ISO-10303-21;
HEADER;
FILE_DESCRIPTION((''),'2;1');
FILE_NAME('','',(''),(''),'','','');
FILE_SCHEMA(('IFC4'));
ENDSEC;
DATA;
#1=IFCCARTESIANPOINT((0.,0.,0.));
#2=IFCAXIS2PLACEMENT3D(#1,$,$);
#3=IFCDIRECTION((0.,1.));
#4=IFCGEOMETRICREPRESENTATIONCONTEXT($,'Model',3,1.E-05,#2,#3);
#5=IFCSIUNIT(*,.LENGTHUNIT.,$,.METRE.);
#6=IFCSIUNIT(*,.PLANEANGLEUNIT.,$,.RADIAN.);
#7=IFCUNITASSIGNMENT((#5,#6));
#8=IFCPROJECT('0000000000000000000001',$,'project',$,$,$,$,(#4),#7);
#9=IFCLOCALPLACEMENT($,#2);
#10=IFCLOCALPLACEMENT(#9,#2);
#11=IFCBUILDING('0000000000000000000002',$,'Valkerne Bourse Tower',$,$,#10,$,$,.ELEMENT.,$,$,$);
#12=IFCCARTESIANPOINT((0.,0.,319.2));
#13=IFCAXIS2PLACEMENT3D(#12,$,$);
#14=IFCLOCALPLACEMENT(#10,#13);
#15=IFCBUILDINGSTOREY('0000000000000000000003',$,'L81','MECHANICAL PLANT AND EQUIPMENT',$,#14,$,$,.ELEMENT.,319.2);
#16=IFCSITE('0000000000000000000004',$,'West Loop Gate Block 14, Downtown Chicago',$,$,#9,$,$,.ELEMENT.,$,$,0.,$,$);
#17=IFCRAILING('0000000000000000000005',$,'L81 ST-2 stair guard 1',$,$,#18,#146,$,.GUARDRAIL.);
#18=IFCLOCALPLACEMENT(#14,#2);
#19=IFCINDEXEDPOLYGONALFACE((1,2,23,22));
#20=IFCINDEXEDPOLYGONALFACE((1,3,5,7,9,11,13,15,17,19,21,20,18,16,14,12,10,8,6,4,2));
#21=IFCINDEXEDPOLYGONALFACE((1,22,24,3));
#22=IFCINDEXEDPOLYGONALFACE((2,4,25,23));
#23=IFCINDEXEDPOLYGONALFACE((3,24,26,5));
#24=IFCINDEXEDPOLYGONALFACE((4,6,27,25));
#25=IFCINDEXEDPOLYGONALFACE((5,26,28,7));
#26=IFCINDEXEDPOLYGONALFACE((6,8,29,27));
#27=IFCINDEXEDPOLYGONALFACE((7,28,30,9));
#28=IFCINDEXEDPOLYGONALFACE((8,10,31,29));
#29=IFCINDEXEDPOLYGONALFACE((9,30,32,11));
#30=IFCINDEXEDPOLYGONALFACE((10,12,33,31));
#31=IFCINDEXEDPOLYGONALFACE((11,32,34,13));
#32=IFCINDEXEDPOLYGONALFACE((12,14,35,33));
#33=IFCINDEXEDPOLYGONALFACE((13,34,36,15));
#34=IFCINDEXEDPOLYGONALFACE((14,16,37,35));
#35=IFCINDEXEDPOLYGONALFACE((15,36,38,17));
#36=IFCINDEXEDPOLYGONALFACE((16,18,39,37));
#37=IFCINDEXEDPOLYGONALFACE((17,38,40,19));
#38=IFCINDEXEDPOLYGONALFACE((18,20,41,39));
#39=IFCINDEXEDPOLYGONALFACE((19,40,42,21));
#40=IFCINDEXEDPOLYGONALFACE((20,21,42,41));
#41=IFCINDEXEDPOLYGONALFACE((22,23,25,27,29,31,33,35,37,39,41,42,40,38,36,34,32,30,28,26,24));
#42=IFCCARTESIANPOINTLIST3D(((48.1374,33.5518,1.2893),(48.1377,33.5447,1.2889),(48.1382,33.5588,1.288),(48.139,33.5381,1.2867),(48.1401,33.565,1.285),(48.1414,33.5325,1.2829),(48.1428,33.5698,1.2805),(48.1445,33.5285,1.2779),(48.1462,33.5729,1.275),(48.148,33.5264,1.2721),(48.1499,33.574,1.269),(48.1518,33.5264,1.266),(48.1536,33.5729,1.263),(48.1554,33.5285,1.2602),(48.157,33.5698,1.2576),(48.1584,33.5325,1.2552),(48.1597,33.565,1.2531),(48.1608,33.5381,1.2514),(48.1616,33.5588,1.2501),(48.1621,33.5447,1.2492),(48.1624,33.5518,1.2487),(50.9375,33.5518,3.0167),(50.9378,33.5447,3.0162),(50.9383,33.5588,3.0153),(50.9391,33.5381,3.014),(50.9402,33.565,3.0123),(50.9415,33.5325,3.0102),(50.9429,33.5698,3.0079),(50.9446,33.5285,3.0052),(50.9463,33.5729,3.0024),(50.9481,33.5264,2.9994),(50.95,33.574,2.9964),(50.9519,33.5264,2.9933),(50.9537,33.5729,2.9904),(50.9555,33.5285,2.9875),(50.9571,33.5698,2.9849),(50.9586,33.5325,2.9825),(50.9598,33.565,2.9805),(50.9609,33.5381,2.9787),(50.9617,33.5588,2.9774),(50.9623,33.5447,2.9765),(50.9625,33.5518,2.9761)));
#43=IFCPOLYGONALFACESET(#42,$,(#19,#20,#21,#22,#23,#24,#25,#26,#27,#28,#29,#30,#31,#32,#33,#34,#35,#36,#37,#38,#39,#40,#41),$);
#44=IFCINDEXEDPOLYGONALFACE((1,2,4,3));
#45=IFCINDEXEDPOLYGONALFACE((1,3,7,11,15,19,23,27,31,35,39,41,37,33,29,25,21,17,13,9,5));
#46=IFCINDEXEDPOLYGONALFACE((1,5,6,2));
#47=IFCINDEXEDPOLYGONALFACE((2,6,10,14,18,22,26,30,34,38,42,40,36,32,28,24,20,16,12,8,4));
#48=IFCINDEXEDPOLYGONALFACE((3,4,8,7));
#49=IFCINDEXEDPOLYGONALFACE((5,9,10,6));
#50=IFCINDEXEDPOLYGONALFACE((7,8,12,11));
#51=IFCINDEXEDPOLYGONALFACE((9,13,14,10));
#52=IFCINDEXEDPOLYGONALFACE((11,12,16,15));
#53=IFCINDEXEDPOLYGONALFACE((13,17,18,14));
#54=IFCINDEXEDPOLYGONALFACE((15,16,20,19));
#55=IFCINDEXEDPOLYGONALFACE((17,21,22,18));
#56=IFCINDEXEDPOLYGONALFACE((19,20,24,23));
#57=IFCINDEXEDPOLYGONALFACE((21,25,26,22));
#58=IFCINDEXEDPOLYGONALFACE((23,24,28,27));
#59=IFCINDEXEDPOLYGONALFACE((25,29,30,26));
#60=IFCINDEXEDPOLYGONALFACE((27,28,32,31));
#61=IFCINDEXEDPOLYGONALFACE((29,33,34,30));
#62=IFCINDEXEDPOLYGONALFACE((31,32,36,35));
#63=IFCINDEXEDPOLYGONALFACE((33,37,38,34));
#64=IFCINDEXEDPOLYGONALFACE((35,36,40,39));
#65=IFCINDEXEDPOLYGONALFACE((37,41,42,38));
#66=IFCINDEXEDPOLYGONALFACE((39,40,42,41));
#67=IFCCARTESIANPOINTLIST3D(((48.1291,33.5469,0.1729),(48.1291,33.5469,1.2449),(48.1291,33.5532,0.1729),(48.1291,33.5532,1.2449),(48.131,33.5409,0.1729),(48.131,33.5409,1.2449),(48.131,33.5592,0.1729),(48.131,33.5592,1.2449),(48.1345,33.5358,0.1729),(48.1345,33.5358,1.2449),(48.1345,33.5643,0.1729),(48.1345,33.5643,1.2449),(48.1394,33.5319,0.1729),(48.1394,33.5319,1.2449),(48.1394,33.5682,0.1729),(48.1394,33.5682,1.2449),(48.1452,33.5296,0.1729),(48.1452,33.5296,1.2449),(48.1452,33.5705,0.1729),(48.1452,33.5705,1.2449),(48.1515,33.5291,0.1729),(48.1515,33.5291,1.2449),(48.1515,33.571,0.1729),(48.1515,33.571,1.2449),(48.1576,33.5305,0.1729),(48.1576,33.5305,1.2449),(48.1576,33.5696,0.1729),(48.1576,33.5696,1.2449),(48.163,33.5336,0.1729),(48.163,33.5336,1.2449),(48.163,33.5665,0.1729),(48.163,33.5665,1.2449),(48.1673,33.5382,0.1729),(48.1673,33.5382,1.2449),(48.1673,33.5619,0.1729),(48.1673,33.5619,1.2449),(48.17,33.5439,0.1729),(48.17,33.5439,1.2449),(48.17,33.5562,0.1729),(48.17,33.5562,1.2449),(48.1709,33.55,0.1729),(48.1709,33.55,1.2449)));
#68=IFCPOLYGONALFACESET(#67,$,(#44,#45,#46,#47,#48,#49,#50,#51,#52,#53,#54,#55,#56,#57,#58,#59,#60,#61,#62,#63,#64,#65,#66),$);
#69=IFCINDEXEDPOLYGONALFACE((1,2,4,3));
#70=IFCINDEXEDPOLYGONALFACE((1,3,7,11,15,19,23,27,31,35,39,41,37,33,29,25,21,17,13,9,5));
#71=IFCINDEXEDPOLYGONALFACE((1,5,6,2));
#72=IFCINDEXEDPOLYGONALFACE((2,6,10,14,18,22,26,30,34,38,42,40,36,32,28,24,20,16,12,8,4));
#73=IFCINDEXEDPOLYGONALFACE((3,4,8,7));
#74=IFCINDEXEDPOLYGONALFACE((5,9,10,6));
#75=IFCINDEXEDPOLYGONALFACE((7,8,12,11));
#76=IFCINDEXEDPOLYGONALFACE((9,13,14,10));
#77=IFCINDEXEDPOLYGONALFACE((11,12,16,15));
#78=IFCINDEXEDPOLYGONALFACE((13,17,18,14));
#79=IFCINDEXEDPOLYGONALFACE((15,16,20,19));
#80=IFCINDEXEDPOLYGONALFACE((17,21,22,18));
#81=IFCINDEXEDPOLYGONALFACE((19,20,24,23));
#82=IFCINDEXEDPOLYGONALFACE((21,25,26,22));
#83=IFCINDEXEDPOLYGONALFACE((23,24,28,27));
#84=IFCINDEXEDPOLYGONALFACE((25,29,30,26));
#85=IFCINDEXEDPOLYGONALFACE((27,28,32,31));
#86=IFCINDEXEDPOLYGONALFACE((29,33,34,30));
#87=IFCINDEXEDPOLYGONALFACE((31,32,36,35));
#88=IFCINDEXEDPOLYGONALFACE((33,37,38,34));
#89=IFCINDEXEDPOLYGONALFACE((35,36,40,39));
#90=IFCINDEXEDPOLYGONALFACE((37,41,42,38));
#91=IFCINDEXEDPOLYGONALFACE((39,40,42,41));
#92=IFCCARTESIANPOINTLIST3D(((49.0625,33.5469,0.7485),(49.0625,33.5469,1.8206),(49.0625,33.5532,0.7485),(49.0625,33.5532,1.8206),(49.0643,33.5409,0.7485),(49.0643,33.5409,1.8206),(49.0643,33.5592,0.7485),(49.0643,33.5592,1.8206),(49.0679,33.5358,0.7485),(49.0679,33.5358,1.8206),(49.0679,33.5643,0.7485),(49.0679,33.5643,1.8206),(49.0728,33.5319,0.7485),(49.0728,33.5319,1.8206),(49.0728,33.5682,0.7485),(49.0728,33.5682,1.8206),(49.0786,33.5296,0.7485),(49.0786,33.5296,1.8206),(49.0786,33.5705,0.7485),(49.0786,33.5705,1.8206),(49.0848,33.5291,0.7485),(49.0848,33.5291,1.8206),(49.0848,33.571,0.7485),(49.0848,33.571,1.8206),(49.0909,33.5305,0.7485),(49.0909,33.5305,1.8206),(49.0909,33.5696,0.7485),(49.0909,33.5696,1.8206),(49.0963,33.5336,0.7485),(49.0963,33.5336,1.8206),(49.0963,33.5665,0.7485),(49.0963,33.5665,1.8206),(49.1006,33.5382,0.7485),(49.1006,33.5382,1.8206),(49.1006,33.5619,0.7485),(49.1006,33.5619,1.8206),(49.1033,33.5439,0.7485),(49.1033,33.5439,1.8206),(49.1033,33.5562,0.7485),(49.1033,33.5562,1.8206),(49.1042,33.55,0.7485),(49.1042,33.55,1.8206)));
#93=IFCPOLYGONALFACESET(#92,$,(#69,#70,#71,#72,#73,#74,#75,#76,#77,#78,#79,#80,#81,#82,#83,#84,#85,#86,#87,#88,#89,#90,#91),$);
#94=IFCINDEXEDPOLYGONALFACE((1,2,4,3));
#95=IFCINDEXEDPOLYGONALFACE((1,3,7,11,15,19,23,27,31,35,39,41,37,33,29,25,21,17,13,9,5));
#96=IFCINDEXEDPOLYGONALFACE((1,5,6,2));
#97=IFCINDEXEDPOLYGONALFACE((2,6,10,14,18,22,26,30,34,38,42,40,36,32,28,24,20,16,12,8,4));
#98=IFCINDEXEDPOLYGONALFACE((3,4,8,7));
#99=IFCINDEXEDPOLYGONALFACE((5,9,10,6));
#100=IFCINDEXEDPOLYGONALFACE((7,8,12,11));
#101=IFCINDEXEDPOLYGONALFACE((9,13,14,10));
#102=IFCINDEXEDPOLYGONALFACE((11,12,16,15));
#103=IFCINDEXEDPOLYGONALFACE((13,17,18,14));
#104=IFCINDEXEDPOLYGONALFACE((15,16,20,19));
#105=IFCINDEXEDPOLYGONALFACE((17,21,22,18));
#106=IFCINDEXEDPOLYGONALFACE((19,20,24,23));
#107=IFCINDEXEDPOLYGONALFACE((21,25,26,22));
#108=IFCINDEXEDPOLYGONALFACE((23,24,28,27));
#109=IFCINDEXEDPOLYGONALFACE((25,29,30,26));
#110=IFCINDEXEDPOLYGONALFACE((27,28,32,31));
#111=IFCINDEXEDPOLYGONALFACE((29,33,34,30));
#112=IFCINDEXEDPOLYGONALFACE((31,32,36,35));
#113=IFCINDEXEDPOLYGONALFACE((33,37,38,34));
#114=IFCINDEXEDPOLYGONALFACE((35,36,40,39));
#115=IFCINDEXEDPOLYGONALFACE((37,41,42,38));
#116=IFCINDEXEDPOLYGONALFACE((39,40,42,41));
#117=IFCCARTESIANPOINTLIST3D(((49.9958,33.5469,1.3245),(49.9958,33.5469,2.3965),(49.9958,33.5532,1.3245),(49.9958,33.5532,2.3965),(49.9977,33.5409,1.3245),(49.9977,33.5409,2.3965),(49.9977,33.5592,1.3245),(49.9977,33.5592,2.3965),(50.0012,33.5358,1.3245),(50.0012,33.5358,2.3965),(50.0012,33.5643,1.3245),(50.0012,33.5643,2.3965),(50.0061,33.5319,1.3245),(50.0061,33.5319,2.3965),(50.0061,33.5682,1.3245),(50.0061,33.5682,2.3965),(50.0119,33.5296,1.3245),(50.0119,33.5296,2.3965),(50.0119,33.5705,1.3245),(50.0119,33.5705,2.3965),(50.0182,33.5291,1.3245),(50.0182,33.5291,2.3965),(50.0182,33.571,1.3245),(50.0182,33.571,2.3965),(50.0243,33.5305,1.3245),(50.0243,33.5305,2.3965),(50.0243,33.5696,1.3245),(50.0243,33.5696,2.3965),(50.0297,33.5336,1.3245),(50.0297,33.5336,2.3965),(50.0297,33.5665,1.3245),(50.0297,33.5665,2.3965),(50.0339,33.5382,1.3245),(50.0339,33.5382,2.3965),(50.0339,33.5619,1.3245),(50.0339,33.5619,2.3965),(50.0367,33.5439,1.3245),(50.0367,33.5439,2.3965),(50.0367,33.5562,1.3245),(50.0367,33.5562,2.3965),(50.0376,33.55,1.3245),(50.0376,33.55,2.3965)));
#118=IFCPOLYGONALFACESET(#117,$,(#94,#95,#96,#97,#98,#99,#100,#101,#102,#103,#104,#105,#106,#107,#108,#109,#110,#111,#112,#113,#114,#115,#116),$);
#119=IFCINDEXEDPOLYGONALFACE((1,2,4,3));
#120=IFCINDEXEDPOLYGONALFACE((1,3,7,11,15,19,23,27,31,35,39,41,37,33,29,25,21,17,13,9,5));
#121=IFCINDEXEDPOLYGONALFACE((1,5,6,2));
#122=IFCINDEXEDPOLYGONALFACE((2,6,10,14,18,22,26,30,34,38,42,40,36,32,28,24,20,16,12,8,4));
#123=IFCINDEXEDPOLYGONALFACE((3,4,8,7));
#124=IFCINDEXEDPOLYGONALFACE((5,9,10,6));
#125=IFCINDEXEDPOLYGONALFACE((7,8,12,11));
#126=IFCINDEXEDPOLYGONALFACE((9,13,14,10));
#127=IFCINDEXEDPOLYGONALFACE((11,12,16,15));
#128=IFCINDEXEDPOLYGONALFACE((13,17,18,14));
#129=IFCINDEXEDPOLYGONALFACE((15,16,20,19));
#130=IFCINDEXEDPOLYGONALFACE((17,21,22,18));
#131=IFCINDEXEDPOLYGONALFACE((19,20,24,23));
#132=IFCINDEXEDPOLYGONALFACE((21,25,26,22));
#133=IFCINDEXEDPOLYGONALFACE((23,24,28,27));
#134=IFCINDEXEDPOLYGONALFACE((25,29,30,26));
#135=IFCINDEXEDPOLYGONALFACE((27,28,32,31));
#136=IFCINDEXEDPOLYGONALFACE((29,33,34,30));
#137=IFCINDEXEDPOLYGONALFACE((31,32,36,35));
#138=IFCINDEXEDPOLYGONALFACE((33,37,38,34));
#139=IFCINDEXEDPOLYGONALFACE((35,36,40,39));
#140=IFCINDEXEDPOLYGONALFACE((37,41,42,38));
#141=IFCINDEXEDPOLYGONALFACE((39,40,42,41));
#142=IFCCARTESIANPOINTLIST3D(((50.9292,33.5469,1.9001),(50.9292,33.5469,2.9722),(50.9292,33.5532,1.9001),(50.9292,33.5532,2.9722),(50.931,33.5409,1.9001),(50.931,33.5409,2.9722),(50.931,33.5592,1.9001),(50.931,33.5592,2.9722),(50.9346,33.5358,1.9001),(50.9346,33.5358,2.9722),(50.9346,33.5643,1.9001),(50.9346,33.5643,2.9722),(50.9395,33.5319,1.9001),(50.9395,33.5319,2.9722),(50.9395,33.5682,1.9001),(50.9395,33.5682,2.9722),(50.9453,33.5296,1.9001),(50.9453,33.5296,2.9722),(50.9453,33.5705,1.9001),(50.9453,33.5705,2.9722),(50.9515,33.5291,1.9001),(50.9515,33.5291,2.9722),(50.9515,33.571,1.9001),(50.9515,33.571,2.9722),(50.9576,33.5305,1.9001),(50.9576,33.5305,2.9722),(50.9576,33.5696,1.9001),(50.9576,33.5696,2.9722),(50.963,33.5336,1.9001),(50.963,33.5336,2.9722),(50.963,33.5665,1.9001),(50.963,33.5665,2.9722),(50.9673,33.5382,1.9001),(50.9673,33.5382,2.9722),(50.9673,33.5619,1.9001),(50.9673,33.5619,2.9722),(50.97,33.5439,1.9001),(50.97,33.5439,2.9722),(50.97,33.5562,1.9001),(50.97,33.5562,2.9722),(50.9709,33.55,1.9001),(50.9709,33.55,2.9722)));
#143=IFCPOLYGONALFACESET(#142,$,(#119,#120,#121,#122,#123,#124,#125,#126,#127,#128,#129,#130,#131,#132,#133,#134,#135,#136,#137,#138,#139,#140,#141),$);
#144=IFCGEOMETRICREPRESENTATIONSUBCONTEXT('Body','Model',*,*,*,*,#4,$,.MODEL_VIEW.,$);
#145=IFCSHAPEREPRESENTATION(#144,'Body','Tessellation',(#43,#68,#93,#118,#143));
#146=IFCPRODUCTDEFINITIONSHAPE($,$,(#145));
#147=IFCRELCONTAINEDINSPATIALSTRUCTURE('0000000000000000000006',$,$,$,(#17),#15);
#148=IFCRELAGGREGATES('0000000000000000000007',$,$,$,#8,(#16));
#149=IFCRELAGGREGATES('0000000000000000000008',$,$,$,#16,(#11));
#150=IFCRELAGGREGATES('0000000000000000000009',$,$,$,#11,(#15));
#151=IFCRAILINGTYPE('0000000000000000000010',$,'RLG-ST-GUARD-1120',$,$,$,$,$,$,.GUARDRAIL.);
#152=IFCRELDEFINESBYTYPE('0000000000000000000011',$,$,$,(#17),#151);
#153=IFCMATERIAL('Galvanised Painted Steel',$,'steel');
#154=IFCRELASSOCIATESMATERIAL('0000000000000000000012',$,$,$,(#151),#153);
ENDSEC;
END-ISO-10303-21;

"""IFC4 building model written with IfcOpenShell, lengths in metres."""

from ifc_helpers import new_model, si_unit, direction, frame, origin, origin_2d, place, context, subcontext, project, spatial, circle, extrude, material, type_object, element, save


model = new_model("IFC4")

# Units and contexts
model_context = context("Model", 3, precision=1e-05, world=origin(), true_north=direction((0.0, 1.0)))
body_context = subcontext(model_context, "Body", "Model", "MODEL_VIEW")
ifc_project = project(units=[si_unit("LENGTHUNIT", "METRE"), si_unit("PLANEANGLEUNIT", "RADIAN")], contexts=[model_context])

# Site, building, storey
site_placement = place(None, origin())
site = spatial("IfcSite", under=ifc_project, at=site_placement, Name="West Loop Gate Block 14, Downtown Chicago", CompositionType="ELEMENT", RefElevation=0.0)
building_placement = place(site_placement, origin())
building = spatial("IfcBuilding", under=site, at=building_placement, Name="Valkerne Bourse Tower", CompositionType="ELEMENT")
storey_placement = place(building_placement, frame((0.0, 0.0, 319.2)))
storey = spatial("IfcBuildingStorey", under=building, at=storey_placement, Name="L81", Description="MECHANICAL PLANT AND EQUIPMENT", CompositionType="ELEMENT", Elevation=319.2)

# Shared definitions
ifc_material_1 = material(Name="Galvanised Painted Steel", Category="steel")

# Railing
railing_type_1 = type_object("IfcRailingType", Name="RLG-ST-GUARD-1120", PredefinedType="GUARDRAIL", material=ifc_material_1)
railing_1_placement = place(storey_placement, frame((48.1499, 33.55, 0.1729)))
element("IfcRailing", 1, at=railing_1_placement, inside=storey, type_object=railing_type_1, Name="L81 ST-2 stair guard 1", PredefinedType="GUARDRAIL", context=body_context, shape_type="SweptSolid", body=[
    extrude(circle(Radius=0.0239, at=origin_2d()), frame((0.0, 0.0, 1.0962), z_axis=(0.85109, 0.0, 0.52502), x_axis=(0.0, 1.0, 0.0)), (0.0, 0.0, 1.0), 3.29),
    extrude(circle(Radius=0.021, at=origin_2d()), origin(), (0.0, 0.0, 1.0), 1.072),
    extrude(circle(Radius=0.021, at=origin_2d()), frame((0.9333, 0.0, 0.5757)), (0.0, 0.0, 1.0), 1.072),
    extrude(circle(Radius=0.021, at=origin_2d()), frame((1.8667, 0.0, 1.1516)), (0.0, 0.0, 1.0), 1.072),
    extrude(circle(Radius=0.021, at=origin_2d()), frame((2.8, 0.0, 1.7273)), (0.0, 0.0, 1.0), 1.072),
])

save(model, "model.ifc")
